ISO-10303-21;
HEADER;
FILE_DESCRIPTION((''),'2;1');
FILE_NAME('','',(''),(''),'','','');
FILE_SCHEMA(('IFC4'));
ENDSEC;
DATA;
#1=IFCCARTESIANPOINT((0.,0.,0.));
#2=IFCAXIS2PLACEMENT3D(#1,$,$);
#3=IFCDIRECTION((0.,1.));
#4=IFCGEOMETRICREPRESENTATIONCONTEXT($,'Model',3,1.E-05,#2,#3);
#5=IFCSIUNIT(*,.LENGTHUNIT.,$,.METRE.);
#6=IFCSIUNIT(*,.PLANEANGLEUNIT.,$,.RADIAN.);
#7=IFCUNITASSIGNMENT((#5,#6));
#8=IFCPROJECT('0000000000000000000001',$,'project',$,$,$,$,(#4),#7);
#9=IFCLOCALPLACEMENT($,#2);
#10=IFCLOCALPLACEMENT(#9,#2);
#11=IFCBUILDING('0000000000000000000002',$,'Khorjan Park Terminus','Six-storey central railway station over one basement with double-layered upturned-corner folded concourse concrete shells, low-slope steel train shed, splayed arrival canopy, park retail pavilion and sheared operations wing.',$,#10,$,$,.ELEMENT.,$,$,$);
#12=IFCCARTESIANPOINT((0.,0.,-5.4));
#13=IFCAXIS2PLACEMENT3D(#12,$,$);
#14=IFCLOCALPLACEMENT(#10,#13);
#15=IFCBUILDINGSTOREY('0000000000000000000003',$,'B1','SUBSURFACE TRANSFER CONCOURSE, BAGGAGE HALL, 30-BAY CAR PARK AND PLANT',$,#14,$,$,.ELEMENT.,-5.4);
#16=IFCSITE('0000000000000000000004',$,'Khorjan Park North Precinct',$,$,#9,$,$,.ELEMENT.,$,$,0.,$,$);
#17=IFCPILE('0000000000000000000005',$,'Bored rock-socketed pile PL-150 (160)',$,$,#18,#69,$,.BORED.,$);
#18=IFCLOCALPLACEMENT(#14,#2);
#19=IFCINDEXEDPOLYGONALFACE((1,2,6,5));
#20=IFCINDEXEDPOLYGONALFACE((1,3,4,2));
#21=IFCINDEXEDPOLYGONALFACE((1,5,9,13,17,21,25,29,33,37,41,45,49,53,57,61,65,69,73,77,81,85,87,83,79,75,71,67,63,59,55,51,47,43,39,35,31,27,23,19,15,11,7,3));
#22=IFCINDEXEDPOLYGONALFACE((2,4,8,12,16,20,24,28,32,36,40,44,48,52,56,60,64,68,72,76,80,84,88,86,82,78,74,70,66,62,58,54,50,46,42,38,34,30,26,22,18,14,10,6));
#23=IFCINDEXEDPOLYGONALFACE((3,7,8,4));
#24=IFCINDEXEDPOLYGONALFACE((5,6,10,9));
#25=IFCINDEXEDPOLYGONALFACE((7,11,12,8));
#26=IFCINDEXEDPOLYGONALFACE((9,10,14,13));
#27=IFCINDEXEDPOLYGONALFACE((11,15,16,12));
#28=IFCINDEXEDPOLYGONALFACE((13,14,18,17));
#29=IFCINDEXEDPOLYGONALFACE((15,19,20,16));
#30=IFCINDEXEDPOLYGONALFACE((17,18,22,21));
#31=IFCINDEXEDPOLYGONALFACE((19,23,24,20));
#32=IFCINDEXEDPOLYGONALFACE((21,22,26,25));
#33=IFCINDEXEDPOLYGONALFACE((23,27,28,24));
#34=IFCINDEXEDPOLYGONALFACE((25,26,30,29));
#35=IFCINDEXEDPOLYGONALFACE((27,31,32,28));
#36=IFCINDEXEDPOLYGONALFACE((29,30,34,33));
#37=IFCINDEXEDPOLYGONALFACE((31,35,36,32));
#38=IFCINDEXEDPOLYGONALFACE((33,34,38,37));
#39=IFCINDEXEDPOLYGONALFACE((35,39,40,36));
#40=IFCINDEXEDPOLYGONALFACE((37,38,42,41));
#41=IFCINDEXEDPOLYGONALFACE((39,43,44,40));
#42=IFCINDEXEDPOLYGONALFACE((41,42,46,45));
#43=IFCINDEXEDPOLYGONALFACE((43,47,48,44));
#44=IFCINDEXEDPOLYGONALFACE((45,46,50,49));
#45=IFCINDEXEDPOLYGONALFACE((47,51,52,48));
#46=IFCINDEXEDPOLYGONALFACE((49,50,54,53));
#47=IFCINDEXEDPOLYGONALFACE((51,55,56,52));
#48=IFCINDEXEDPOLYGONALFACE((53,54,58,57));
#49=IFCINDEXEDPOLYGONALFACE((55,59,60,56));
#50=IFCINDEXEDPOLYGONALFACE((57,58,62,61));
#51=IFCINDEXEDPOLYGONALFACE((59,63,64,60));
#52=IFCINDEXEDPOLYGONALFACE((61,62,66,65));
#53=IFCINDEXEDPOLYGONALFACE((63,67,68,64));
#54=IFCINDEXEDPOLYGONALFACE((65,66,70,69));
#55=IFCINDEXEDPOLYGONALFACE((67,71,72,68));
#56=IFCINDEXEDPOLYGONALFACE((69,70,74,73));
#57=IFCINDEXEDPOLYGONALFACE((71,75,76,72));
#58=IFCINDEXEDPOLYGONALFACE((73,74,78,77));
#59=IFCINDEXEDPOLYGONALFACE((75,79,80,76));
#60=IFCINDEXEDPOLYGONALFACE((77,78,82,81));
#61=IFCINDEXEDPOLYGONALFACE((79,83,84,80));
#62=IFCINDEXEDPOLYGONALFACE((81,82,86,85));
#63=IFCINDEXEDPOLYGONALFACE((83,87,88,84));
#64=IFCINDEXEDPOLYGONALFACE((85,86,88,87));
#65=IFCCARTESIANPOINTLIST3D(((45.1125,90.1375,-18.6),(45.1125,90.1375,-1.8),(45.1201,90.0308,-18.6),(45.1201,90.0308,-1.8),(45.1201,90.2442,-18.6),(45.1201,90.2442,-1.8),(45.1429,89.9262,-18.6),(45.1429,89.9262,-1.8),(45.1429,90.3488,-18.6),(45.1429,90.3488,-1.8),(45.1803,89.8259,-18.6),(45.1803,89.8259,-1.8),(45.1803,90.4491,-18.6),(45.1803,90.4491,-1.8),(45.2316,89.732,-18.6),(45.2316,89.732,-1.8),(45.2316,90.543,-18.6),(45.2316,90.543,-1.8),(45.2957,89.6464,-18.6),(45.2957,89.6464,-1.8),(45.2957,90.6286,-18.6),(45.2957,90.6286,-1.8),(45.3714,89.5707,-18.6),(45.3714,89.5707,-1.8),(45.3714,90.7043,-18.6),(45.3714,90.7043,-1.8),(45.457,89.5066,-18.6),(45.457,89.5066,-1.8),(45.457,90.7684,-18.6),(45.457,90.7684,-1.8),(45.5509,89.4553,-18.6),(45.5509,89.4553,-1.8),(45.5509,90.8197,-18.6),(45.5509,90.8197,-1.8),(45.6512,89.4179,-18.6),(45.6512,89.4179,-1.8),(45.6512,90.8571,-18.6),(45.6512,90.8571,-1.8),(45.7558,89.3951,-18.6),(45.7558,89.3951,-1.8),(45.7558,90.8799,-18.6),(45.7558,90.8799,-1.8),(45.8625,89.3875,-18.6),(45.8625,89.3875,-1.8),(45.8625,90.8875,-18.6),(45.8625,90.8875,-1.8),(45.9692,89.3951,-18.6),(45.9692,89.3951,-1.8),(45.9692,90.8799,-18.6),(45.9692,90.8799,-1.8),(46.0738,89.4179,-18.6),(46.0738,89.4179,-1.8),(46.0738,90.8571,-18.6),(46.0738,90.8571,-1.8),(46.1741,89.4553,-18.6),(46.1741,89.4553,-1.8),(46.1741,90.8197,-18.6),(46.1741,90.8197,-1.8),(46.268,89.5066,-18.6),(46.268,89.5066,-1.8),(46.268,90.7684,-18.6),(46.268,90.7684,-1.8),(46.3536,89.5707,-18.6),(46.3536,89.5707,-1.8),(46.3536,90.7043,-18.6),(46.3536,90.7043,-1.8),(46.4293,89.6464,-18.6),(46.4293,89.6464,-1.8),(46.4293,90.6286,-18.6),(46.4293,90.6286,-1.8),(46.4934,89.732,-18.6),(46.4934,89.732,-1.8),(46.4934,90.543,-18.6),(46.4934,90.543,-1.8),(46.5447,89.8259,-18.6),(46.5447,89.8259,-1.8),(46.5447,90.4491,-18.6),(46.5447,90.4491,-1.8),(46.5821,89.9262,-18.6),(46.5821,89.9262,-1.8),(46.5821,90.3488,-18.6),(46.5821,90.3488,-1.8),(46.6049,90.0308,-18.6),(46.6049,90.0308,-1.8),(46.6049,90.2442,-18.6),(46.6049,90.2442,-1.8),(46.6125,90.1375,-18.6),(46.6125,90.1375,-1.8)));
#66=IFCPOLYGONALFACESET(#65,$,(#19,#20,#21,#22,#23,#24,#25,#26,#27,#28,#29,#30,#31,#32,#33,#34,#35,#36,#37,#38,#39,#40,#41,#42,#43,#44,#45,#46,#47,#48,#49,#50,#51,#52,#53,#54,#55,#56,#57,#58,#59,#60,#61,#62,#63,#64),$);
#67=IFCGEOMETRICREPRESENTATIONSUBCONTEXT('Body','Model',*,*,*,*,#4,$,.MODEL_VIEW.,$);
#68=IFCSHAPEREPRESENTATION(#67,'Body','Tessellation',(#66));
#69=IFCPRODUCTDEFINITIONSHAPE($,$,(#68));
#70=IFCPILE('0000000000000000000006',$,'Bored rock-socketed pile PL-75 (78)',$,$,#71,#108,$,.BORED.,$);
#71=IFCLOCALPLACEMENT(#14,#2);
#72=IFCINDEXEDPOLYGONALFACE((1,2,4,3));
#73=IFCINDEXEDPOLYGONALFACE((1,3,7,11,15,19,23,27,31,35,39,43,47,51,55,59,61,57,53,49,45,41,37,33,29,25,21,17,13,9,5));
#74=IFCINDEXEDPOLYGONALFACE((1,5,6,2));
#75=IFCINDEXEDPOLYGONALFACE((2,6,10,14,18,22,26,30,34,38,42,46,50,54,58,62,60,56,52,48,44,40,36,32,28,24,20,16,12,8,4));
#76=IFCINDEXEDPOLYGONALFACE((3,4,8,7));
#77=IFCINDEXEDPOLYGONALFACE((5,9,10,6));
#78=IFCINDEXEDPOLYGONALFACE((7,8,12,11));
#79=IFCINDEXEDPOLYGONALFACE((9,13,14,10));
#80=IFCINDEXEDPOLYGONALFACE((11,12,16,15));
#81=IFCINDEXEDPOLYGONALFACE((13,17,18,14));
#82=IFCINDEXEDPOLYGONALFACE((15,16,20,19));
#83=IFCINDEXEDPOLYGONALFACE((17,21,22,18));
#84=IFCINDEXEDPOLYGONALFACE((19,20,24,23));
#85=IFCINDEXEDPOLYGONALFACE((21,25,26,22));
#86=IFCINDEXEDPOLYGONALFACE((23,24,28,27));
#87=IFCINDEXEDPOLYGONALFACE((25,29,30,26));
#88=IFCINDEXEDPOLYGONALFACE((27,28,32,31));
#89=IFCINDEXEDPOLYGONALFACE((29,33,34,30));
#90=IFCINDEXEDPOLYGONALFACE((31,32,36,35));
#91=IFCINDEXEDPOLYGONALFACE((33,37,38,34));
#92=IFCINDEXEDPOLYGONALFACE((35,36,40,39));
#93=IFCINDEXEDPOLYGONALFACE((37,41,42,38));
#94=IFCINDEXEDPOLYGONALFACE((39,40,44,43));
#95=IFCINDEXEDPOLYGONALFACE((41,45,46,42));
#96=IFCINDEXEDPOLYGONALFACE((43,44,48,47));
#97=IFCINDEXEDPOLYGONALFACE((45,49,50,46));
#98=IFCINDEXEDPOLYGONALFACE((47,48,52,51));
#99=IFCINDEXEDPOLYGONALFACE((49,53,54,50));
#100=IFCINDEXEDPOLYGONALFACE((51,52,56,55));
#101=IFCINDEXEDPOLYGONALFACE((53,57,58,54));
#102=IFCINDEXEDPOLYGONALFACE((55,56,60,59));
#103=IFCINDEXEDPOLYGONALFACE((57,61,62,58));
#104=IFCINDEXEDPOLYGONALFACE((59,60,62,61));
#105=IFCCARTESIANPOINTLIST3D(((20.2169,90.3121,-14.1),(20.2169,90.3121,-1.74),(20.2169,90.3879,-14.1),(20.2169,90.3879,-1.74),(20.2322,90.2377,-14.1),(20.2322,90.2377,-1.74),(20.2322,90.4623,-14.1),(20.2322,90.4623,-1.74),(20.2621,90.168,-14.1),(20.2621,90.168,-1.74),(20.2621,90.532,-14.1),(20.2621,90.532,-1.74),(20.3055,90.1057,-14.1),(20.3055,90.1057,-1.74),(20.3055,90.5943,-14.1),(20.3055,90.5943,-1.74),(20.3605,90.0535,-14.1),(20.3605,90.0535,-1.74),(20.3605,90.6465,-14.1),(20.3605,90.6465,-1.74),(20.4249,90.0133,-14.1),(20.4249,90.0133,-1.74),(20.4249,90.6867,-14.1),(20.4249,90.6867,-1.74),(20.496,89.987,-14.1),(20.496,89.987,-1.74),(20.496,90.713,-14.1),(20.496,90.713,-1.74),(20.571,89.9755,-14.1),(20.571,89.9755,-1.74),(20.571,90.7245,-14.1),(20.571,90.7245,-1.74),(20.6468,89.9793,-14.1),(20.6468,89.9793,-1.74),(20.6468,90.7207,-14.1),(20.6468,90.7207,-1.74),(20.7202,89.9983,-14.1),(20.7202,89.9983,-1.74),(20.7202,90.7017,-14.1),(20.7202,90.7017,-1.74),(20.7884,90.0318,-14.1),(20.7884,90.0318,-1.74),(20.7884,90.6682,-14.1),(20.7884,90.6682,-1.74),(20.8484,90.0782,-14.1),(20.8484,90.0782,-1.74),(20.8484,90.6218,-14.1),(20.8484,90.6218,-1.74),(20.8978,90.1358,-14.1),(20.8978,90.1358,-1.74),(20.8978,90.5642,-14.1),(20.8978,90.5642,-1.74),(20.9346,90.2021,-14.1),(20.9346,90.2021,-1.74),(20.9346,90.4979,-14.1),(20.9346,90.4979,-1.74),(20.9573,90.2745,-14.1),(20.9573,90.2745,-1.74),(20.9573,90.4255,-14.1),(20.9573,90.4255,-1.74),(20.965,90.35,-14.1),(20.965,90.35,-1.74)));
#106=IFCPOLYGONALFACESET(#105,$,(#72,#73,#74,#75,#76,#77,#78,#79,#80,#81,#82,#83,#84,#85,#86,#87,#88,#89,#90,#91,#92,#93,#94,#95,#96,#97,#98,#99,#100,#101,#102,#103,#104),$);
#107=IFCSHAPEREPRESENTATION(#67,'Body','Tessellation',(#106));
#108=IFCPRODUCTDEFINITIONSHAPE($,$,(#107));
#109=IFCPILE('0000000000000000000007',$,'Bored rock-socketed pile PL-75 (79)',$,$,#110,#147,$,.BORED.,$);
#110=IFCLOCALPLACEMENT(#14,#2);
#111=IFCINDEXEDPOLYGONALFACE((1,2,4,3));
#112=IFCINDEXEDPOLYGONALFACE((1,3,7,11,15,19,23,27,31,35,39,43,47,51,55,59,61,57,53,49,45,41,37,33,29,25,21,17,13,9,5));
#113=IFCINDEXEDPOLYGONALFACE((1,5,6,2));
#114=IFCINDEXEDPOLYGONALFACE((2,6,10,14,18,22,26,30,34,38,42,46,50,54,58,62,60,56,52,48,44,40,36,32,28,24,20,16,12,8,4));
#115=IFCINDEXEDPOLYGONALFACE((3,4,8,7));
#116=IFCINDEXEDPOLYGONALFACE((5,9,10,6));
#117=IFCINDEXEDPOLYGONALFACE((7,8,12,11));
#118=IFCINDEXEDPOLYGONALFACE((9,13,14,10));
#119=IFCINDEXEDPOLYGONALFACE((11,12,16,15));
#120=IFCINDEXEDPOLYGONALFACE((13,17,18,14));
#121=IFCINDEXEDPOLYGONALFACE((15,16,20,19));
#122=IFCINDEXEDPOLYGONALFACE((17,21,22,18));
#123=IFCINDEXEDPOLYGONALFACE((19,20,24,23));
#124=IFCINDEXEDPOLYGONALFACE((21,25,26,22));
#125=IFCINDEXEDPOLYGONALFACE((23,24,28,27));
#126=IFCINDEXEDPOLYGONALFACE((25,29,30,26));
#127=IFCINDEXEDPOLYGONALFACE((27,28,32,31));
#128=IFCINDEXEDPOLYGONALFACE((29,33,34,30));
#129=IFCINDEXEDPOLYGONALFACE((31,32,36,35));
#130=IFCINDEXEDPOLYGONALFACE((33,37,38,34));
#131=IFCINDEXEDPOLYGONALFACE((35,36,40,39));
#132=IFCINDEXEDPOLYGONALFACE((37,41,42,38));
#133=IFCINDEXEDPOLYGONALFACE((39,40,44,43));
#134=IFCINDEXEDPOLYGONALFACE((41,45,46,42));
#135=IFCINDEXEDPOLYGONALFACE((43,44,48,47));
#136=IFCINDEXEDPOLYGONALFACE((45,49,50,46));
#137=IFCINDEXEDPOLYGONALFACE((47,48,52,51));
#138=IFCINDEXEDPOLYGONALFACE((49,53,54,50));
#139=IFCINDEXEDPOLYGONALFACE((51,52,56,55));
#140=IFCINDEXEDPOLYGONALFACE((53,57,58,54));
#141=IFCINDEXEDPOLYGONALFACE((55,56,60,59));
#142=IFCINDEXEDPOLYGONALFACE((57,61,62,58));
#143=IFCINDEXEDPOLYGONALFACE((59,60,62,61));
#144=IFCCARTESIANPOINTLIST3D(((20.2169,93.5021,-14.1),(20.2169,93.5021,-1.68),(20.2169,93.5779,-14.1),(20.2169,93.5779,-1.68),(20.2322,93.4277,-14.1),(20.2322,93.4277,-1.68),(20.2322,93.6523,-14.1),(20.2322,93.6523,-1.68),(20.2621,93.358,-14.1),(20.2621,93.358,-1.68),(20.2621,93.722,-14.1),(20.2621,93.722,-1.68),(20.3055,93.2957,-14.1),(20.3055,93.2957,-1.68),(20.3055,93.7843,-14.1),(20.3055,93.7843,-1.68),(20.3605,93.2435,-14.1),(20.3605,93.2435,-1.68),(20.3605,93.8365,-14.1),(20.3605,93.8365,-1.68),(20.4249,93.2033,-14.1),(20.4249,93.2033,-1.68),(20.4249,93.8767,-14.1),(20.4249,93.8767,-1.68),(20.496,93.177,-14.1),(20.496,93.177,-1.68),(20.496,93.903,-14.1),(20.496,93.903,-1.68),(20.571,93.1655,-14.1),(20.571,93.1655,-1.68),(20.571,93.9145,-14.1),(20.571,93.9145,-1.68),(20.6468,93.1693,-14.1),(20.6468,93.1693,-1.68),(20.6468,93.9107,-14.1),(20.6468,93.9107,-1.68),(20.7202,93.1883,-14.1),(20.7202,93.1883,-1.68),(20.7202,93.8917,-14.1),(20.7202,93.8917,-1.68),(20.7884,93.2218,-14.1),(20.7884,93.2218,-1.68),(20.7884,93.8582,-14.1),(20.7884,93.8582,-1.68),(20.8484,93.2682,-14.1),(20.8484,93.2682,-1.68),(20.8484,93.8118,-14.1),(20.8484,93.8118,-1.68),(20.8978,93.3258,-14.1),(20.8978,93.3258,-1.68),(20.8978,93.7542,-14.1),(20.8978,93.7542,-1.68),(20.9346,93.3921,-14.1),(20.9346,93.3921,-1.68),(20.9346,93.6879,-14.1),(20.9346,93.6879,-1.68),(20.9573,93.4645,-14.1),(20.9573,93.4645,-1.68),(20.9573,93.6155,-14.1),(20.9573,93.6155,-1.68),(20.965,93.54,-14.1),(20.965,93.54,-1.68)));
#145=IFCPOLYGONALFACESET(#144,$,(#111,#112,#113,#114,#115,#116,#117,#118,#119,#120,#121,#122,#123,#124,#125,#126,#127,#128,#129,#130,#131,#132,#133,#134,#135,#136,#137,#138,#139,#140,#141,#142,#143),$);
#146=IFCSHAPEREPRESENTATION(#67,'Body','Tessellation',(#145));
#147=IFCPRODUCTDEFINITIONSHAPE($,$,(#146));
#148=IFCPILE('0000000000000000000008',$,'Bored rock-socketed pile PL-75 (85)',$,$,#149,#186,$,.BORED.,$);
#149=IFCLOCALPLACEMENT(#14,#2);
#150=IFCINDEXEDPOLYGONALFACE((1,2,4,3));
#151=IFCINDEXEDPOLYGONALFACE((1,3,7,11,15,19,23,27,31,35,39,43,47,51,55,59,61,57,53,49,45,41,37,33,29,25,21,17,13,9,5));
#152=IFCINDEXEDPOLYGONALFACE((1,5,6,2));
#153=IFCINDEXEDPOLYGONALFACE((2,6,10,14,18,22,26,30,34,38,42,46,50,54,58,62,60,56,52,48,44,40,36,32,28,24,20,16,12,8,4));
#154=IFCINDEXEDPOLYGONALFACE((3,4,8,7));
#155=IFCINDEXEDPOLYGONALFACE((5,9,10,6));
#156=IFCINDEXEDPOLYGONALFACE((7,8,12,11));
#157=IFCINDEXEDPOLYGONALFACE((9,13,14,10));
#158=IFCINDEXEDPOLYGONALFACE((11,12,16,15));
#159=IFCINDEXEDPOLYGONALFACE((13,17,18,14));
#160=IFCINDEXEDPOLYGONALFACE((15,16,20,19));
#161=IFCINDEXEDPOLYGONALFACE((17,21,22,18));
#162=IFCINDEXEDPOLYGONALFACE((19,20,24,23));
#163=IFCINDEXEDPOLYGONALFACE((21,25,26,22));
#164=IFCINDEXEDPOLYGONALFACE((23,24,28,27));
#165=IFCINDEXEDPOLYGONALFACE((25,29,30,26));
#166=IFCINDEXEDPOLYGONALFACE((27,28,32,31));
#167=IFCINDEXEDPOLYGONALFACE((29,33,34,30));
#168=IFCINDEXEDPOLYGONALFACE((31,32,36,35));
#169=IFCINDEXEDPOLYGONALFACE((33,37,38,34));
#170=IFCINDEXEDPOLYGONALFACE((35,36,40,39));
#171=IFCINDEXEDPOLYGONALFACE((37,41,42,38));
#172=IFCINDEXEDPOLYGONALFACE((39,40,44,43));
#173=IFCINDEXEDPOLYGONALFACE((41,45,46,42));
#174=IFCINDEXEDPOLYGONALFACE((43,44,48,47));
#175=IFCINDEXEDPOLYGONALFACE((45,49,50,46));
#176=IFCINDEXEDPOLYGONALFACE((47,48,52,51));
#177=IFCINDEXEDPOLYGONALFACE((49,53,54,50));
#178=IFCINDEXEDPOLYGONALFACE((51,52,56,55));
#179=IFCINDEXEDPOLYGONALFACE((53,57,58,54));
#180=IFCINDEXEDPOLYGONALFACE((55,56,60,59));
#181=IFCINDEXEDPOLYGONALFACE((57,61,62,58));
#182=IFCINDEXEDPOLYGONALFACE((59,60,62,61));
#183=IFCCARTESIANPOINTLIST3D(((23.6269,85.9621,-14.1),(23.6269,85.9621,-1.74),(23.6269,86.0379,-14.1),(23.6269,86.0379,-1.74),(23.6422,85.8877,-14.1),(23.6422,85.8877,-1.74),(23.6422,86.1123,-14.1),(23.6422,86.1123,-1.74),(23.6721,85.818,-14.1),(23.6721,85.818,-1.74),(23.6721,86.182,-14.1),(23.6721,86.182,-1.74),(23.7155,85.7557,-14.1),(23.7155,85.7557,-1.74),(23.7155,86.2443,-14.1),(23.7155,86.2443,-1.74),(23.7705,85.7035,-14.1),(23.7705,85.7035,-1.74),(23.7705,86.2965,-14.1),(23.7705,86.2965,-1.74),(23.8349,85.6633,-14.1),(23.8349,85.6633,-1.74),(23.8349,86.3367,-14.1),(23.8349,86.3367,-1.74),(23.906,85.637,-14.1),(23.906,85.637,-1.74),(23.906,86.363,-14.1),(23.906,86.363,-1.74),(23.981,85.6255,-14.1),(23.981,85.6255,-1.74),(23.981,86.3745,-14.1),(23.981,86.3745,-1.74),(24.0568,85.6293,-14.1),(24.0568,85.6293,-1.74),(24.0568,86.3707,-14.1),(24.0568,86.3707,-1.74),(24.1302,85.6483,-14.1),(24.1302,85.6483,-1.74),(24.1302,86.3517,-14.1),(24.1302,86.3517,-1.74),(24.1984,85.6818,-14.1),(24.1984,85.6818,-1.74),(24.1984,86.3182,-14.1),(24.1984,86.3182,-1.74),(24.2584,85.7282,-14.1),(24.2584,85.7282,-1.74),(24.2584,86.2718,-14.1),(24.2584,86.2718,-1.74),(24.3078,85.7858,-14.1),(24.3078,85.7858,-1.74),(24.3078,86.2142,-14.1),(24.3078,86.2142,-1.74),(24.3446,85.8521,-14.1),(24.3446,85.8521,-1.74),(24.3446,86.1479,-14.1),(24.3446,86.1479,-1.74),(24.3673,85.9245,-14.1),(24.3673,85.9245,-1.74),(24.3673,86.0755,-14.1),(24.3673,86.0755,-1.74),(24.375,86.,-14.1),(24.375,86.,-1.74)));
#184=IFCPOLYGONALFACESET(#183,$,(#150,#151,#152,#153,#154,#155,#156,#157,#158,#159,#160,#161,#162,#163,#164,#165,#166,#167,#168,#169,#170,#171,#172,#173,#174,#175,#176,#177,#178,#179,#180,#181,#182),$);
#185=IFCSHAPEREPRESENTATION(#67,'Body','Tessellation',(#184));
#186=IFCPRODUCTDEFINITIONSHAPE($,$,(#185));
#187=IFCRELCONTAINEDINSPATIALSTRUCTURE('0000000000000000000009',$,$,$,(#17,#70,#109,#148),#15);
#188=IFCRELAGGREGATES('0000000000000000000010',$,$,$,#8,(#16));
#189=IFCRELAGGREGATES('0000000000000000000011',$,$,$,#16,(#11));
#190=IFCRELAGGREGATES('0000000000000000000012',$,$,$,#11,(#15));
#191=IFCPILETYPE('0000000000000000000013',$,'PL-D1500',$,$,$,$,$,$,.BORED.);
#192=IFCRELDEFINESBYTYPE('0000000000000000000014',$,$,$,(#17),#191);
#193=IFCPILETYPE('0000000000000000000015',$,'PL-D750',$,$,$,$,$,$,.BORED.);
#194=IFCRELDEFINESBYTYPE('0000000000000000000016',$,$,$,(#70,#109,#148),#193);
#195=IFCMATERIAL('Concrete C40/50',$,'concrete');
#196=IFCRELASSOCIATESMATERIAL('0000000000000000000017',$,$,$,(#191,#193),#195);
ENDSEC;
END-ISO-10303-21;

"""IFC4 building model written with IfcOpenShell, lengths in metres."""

from ifc_helpers import new_model, si_unit, direction, frame, origin, origin_2d, place, context, subcontext, project, spatial, circle, extrude, material, material_profile, profile_set, type_object, element, save


model = new_model("IFC4")

# Units and contexts
model_context = context("Model", 3, precision=1e-05, world=origin(), true_north=direction((0.0, 1.0)))
body_context = subcontext(model_context, "Body", "Model", "MODEL_VIEW")
ifc_project = project(units=[si_unit("LENGTHUNIT", "METRE"), si_unit("PLANEANGLEUNIT", "RADIAN")], contexts=[model_context])

# Site, building, storey
site_placement = place(None, origin())
site = spatial("IfcSite", under=ifc_project, at=site_placement, Name="Khorjan Park North Precinct", CompositionType="ELEMENT", RefElevation=0.0)
building_placement = place(site_placement, origin())
building = spatial("IfcBuilding", under=site, at=building_placement, Name="Khorjan Park Terminus", Description="Six-storey central railway station over one basement with double-layered upturned-corner folded concourse concrete shells, low-slope steel train shed, splayed arrival canopy, park retail pavilion and sheared operations wing.", CompositionType="ELEMENT")
storey_placement = place(building_placement, frame((0.0, 0.0, -5.4)))
storey = spatial("IfcBuildingStorey", under=building, at=storey_placement, Name="B1", Description="SUBSURFACE TRANSFER CONCOURSE, BAGGAGE HALL, 30-BAY CAR PARK AND PLANT", CompositionType="ELEMENT", Elevation=-5.4)

# Shared definitions
ifc_material_1 = material(Name="Concrete C40/50", Category="concrete")

# Piles
ifc_material_profile_1 = material_profile(ifc_material_1, circle(Radius=0.75, at=origin_2d()), Name="BORED D1500")
ifc_profile_set_1 = profile_set([ifc_material_profile_1], Name="Concrete C40/50")
pile_type_1 = type_object("IfcPileType", Name="PL-D1500", PredefinedType="BORED", material=ifc_profile_set_1)
for number, where, z_axis, x_axis, name in (
    (1, (45.8625, 90.1375, -1.8), (0.0, 0.0, -1.0), (1.0, 0.0, 0.0), "Bored rock-socketed pile PL-150 (160)"),
):
    element("IfcPile", number, at=place(storey_placement, frame(where, z_axis=z_axis, x_axis=x_axis)), inside=storey, type_object=pile_type_1, Name=name, PredefinedType="BORED", context=body_context, shape_type="SweptSolid", body=[
        extrude(circle(Radius=0.75, at=origin_2d()), origin(), (0.0, 0.0, 1.0), 16.8),
    ])
ifc_material_profile_2 = material_profile(ifc_material_1, circle(Radius=0.375, at=origin_2d()), Name="BORED D750")
ifc_profile_set_2 = profile_set([ifc_material_profile_2], Name="Concrete C40/50")
pile_type_2 = type_object("IfcPileType", Name="PL-D750", PredefinedType="BORED", material=ifc_profile_set_2)
pile_1_placement = place(storey_placement, frame((20.59, 90.35, -1.74), z_axis=(0.0, 0.0, -1.0), x_axis=(1.0, 0.0, 0.0)))
element("IfcPile", 2, at=pile_1_placement, inside=storey, type_object=pile_type_2, Name="Bored rock-socketed pile PL-75 (78)", PredefinedType="BORED", context=body_context, shape_type="SweptSolid", body=[
    extrude(circle(Radius=0.375, at=origin_2d()), origin(), (0.0, 0.0, 1.0), 12.36),
])
pile_2_placement = place(storey_placement, frame((20.59, 93.54, -1.68), z_axis=(0.0, 0.0, -1.0), x_axis=(1.0, 0.0, 0.0)))
element("IfcPile", 3, at=pile_2_placement, inside=storey, type_object=pile_type_2, Name="Bored rock-socketed pile PL-75 (79)", PredefinedType="BORED", context=body_context, shape_type="SweptSolid", body=[
    extrude(circle(Radius=0.375, at=origin_2d()), origin(), (0.0, 0.0, 1.0), 12.42),
])
pile_3_placement = place(storey_placement, frame((24.0, 86.0, -1.74), z_axis=(0.0, 0.0, -1.0), x_axis=(1.0, 0.0, 0.0)))
element("IfcPile", 4, at=pile_3_placement, inside=storey, type_object=pile_type_2, Name="Bored rock-socketed pile PL-75 (85)", PredefinedType="BORED", context=body_context, shape_type="SweptSolid", body=[
    extrude(circle(Radius=0.375, at=origin_2d()), origin(), (0.0, 0.0, 1.0), 12.36),
])

save(model, "model.ifc")
